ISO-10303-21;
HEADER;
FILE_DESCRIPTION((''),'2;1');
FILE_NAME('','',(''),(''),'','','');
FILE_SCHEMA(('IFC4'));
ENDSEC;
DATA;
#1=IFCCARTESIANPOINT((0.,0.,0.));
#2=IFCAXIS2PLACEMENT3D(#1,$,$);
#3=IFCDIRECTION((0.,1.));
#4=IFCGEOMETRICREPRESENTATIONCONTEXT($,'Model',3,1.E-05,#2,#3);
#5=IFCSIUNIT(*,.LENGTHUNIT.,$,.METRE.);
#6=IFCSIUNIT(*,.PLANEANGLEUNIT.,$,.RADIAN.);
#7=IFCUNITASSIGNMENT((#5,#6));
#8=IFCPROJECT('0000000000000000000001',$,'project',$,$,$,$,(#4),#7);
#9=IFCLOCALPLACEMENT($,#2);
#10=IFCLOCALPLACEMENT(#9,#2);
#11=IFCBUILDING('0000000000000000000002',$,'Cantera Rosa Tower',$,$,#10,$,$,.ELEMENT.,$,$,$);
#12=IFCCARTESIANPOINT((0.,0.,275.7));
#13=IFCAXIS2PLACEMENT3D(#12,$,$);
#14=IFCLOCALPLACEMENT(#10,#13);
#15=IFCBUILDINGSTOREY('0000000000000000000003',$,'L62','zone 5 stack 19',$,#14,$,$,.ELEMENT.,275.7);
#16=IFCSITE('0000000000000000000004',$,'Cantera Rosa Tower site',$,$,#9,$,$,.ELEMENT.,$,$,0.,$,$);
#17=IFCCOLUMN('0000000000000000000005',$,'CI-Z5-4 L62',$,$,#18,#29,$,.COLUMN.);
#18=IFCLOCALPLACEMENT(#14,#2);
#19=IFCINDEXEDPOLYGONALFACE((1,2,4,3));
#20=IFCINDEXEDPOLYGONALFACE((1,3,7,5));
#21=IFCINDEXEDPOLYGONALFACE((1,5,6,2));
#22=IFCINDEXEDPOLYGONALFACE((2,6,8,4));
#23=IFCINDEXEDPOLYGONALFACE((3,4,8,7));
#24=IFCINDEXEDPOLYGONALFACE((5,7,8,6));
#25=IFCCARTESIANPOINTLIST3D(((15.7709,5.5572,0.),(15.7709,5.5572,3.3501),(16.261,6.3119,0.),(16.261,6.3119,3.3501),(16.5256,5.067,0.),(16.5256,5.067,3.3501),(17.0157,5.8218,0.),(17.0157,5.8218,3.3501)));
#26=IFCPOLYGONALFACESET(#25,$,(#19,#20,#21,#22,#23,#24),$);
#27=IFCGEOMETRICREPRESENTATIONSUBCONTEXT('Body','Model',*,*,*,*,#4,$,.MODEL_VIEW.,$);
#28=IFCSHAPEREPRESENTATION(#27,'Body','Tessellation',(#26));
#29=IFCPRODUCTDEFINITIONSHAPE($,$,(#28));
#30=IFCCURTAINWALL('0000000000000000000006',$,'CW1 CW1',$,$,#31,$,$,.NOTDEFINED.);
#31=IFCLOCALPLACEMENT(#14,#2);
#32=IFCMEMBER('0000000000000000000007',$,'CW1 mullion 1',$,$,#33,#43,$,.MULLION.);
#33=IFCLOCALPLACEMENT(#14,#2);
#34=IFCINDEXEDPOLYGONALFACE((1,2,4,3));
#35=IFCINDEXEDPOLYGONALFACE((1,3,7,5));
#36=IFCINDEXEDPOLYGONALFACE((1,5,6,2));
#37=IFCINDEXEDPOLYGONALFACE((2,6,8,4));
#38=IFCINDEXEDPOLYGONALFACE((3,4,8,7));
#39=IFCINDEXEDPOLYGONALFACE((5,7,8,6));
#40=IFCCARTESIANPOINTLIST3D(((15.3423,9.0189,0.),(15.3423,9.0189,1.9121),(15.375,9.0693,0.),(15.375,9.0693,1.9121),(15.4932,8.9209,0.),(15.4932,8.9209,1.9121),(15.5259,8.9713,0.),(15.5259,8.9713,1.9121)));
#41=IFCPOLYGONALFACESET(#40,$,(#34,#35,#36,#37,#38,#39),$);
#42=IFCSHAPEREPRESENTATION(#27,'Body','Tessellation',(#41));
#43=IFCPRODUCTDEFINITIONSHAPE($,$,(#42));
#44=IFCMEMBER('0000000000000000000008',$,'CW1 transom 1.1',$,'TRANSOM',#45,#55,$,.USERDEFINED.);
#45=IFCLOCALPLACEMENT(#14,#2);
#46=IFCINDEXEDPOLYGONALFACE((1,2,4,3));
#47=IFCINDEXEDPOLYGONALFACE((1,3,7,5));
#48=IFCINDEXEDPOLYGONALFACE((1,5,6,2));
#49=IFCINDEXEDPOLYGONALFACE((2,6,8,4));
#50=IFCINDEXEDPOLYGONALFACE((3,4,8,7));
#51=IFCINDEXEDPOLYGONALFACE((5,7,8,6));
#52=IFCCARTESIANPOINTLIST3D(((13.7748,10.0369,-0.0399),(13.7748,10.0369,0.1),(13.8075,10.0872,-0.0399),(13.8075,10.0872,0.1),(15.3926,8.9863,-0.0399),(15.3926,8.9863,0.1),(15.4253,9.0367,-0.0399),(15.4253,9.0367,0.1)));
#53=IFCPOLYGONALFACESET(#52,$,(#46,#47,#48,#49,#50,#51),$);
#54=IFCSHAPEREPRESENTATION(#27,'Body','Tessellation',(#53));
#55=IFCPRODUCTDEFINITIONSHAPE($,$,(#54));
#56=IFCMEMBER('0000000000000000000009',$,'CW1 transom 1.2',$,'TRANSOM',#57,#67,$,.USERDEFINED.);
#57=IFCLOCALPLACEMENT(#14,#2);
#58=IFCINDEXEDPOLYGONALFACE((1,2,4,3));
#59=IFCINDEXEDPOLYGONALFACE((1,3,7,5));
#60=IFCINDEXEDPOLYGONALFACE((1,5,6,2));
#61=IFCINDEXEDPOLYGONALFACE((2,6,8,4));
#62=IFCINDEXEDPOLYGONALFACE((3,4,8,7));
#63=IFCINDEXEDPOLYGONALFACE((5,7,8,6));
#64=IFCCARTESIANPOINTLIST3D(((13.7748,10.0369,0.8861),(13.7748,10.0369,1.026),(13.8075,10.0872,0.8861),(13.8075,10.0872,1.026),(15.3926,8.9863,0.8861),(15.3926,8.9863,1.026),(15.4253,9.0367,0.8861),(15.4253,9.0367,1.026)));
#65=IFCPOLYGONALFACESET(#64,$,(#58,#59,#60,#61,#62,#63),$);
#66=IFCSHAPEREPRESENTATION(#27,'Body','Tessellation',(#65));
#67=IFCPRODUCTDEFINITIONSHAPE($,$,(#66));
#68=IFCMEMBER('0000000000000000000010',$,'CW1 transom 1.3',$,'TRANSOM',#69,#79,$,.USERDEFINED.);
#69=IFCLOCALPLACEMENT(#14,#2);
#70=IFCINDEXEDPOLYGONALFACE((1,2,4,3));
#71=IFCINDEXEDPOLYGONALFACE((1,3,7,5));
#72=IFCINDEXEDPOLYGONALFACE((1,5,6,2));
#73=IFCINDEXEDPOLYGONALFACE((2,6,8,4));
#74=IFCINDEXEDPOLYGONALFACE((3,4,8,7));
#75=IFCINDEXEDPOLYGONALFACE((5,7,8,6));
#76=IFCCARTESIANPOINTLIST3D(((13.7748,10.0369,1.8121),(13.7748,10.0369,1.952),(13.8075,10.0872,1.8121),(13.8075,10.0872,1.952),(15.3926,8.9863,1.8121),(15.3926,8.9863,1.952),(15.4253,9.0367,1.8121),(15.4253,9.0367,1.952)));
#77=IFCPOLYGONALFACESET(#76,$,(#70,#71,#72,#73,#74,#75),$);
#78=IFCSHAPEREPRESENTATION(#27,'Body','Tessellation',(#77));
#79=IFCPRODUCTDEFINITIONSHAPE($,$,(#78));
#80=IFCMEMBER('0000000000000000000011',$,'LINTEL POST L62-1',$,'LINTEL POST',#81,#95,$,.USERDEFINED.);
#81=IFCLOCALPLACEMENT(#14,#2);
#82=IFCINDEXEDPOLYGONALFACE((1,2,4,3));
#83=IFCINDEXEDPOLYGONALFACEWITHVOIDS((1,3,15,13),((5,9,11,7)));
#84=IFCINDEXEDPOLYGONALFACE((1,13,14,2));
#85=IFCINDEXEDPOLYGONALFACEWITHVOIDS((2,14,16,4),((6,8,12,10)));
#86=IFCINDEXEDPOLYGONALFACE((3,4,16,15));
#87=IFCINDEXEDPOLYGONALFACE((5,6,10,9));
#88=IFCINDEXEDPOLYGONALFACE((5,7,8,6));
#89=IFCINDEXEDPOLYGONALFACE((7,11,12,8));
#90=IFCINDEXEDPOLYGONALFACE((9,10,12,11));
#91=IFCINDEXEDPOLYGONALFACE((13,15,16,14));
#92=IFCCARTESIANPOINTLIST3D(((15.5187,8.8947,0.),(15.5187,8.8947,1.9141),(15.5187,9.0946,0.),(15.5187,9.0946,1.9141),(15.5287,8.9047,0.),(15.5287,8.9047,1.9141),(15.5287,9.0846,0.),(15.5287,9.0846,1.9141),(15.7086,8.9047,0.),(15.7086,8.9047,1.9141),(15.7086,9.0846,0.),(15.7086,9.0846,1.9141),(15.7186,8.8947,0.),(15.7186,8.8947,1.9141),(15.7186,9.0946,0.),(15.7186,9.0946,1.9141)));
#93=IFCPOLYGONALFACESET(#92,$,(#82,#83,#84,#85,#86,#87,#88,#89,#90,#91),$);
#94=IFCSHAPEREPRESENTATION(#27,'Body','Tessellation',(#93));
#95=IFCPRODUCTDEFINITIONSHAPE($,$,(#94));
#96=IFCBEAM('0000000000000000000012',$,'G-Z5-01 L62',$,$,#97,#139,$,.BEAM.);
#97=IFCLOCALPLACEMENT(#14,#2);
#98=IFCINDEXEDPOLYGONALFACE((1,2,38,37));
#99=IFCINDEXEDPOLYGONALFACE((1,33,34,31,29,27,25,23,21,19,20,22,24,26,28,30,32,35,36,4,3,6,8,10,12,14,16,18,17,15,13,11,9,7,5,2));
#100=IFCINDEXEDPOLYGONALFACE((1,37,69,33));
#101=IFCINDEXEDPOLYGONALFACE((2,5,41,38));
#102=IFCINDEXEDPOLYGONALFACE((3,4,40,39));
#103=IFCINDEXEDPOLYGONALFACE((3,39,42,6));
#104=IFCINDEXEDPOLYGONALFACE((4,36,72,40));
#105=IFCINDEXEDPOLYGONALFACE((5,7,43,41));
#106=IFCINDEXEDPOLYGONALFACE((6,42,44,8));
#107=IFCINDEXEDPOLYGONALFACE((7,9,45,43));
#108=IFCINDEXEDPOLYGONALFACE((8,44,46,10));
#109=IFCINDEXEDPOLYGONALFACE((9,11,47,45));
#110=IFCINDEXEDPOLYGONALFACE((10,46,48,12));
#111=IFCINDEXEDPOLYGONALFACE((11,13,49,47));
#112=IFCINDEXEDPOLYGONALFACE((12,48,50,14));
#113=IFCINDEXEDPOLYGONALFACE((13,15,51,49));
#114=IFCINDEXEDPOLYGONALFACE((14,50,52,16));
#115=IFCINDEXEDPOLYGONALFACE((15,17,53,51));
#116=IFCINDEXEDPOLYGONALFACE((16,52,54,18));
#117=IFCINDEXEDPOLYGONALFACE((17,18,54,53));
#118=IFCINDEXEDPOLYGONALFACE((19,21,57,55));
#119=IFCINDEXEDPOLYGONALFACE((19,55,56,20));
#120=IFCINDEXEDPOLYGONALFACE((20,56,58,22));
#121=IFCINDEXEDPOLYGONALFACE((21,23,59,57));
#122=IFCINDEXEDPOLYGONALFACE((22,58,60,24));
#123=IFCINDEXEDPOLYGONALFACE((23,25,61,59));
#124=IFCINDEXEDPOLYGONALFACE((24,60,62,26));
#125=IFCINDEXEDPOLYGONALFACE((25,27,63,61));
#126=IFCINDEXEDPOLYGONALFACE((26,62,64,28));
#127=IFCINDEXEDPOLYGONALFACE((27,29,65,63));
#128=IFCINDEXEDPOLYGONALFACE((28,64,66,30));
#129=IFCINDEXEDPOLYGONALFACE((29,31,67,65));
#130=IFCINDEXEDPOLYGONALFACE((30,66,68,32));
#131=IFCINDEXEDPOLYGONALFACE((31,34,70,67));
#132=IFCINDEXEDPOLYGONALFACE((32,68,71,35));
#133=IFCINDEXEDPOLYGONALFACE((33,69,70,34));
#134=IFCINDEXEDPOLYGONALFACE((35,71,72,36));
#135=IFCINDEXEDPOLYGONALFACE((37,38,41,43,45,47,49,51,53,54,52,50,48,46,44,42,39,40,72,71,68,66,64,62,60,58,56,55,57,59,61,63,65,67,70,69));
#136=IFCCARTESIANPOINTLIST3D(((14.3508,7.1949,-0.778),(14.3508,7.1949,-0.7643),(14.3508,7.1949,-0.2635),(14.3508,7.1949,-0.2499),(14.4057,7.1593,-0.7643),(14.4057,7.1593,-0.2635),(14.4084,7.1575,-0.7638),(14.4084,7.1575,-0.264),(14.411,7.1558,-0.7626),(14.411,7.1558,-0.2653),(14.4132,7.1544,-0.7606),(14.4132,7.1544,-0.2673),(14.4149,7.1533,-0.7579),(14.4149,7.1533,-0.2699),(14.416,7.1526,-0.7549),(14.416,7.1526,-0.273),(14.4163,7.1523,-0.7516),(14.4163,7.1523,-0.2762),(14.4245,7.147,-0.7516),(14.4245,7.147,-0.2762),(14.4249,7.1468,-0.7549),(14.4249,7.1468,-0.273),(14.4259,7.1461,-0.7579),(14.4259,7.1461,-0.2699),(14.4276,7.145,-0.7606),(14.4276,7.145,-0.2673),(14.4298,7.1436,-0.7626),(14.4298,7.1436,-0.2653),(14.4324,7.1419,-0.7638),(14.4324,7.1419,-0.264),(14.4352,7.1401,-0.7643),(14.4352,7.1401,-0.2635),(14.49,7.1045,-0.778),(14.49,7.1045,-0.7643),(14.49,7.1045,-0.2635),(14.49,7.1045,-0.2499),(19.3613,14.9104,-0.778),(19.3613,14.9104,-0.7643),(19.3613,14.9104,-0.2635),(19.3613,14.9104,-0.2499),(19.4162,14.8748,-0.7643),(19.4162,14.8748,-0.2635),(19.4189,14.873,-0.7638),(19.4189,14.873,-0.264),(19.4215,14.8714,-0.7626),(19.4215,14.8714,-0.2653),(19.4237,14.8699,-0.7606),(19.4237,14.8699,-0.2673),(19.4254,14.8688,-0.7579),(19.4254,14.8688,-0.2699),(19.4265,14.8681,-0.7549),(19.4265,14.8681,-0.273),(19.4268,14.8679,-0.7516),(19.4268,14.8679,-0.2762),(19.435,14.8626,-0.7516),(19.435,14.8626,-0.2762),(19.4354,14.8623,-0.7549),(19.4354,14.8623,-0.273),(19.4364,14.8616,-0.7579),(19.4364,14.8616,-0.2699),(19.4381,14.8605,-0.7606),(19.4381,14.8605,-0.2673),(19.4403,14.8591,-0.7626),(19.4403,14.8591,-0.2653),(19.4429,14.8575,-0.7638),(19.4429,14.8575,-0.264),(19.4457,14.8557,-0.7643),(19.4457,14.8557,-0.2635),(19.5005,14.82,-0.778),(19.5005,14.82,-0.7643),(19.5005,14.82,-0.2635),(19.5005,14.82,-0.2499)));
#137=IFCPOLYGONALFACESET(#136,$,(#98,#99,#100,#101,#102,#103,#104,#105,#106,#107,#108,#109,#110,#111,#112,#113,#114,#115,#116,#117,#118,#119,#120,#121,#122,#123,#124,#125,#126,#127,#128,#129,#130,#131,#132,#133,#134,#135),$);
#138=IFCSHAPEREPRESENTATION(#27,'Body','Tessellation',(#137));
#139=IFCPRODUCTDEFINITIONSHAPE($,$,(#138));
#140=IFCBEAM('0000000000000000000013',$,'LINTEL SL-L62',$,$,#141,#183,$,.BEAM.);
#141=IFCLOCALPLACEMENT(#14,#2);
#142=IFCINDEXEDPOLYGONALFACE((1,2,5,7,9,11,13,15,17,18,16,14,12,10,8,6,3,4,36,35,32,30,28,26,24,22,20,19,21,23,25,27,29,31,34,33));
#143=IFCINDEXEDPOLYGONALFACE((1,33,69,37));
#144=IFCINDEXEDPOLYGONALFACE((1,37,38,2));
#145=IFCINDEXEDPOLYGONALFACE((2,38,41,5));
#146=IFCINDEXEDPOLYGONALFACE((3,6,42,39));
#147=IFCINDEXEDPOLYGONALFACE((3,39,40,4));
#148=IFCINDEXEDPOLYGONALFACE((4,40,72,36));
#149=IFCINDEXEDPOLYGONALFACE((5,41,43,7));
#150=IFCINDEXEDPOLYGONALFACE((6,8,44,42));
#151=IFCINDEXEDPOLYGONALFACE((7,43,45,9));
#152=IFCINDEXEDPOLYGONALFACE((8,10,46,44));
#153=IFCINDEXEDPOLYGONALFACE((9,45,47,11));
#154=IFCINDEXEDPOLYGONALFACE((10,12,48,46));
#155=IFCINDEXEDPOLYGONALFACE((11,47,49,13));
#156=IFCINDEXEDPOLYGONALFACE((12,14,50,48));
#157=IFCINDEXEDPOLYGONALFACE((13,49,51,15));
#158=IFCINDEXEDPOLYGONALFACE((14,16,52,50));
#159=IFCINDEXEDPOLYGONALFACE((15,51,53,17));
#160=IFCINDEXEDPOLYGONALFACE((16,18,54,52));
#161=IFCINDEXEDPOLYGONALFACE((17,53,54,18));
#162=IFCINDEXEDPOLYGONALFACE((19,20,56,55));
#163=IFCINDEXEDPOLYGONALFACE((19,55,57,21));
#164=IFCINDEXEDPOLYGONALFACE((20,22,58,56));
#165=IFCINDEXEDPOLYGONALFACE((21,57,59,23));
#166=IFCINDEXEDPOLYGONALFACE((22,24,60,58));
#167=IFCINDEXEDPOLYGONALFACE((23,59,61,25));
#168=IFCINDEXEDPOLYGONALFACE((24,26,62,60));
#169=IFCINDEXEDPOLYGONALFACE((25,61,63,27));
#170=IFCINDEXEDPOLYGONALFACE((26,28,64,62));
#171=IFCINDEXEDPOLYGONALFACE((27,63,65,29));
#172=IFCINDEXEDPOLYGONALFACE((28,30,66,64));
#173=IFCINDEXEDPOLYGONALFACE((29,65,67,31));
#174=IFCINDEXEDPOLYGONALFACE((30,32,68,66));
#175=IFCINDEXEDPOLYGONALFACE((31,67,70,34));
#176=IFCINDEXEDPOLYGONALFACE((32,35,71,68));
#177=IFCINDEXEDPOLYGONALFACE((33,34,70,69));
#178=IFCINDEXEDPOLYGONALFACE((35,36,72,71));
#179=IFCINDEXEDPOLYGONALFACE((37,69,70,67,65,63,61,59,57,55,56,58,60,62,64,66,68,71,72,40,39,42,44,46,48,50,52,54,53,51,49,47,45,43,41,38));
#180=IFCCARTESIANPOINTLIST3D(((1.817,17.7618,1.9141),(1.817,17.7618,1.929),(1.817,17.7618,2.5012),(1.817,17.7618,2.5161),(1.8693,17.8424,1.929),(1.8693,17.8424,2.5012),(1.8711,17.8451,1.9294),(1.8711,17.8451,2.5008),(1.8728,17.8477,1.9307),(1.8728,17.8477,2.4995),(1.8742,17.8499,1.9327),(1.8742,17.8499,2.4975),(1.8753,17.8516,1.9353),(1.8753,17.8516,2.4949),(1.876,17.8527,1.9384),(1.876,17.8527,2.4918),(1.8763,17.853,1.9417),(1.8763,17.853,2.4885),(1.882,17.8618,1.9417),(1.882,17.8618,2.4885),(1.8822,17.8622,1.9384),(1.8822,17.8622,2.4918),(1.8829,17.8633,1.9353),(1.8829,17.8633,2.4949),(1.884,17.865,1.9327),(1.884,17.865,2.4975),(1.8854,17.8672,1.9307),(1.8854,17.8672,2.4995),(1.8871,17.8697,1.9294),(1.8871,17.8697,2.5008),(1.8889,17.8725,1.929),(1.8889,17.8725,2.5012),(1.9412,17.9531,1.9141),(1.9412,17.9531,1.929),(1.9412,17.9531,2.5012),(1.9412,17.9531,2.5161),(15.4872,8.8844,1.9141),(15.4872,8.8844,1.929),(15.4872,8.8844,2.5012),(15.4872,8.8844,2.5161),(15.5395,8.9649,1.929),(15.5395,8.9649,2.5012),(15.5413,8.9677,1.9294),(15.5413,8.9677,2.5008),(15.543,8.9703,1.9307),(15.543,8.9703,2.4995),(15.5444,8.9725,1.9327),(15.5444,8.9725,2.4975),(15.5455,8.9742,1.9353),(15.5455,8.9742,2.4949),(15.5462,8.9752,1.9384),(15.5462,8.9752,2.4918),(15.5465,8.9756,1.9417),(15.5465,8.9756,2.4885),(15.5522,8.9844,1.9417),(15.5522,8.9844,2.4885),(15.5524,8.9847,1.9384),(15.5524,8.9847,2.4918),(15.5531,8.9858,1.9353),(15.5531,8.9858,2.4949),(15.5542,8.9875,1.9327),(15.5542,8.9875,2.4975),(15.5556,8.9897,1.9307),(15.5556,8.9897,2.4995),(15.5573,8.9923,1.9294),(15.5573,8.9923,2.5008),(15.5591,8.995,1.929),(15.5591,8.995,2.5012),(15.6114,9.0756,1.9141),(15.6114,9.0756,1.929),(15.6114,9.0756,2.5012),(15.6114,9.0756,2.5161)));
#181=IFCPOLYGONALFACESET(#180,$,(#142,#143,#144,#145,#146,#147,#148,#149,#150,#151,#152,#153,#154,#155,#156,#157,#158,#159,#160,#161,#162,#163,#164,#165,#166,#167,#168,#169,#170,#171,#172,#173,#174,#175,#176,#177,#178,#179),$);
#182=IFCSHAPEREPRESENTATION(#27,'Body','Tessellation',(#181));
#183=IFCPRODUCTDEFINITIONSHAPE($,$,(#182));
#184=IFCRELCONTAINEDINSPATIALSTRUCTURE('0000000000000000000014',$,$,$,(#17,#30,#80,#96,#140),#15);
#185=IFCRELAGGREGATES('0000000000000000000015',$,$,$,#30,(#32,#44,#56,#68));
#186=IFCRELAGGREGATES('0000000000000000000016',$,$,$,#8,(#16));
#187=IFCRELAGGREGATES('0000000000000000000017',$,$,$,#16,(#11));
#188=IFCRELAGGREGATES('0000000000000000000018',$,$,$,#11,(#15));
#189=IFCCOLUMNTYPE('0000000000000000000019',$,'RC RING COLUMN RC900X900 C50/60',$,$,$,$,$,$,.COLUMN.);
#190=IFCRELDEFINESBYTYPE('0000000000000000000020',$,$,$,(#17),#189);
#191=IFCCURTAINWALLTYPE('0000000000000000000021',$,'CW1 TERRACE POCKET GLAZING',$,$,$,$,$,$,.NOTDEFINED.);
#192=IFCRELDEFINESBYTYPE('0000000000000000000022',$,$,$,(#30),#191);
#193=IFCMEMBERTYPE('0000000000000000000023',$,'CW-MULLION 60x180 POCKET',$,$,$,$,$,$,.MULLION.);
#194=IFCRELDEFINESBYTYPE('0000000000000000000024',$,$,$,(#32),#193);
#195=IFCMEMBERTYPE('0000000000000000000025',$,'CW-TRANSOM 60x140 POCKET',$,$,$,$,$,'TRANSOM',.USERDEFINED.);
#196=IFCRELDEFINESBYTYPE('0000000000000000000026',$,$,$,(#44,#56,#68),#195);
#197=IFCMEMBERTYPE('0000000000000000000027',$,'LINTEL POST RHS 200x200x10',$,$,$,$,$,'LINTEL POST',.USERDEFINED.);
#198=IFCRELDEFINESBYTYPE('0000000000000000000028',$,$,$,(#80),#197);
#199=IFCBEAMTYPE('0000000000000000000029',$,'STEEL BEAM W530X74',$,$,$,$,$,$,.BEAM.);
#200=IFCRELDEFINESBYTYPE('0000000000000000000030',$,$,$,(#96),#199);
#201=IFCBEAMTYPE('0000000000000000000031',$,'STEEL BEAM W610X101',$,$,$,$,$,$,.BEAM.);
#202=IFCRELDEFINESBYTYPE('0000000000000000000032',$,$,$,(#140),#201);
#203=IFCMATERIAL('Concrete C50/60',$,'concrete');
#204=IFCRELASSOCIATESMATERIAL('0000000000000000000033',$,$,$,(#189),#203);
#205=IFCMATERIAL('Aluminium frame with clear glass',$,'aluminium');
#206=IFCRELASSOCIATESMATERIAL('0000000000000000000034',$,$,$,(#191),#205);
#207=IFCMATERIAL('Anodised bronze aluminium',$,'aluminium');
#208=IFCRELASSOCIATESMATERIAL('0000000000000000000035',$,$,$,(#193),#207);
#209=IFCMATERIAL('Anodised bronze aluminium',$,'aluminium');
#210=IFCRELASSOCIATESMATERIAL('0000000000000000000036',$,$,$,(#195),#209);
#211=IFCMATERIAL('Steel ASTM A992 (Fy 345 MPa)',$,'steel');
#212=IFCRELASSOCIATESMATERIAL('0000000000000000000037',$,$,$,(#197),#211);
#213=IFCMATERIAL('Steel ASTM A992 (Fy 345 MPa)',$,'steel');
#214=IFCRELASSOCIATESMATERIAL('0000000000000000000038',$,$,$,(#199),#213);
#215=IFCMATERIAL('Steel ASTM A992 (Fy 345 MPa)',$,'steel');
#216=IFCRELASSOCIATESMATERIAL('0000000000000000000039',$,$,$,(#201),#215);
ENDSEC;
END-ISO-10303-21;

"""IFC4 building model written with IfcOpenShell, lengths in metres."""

from ifc_helpers import new_model, si_unit, direction, frame, origin, origin_2d, place, context, subcontext, project, spatial, rectangle, hollow_rectangle, i_section, extrude, material, material_profile, profile_set, type_object, element, aggregate, save


model = new_model("IFC4")

# Units and contexts
model_context = context("Model", 3, precision=1e-05, world=origin(), true_north=direction((0.0, 1.0)))
body_context = subcontext(model_context, "Body", "Model", "MODEL_VIEW")
ifc_project = project(units=[si_unit("LENGTHUNIT", "METRE"), si_unit("PLANEANGLEUNIT", "RADIAN")], contexts=[model_context])

# Site, building, storey
site_placement = place(None, origin())
site = spatial("IfcSite", under=ifc_project, at=site_placement, Name="Cantera Rosa Tower site", CompositionType="ELEMENT", RefElevation=0.0)
building_placement = place(site_placement, origin())
building = spatial("IfcBuilding", under=site, at=building_placement, Name="Cantera Rosa Tower", CompositionType="ELEMENT")
storey_placement = place(building_placement, frame((0.0, 0.0, 275.7)))
storey = spatial("IfcBuildingStorey", under=building, at=storey_placement, Name="L62", Description="zone 5 stack 19", CompositionType="ELEMENT", Elevation=275.7)

# Column
ifc_material_1 = material(Name="Concrete C50/60", Category="concrete")
ifc_material_profile_1 = material_profile(ifc_material_1, rectangle(XDim=0.8999, YDim=0.8999, at=origin_2d()), Name="RC RING COLUMN RC900X900 C50/60")
ifc_profile_set_1 = profile_set([ifc_material_profile_1], Name="Concrete C50/60")
column_type = type_object("IfcColumnType", Name="RC RING COLUMN RC900X900 C50/60", PredefinedType="COLUMN", material=ifc_profile_set_1)
column_placement = place(storey_placement, frame((16.3933, 5.6895, 0.0), z_axis=(0.0, 0.0, 1.0), x_axis=(0.544639, 0.838671, 0.0)))
element("IfcColumn", 1, at=column_placement, inside=storey, type_object=column_type, Name="CI-Z5-4 L62", PredefinedType="COLUMN", context=body_context, shape_type="SweptSolid", body=[
    extrude(rectangle(XDim=0.8999, YDim=0.8999, at=origin_2d()), origin(), (0.0, 0.0, 1.0), 3.3501),
])

# Curtain wall, members
ifc_material_2 = material(Name="Aluminium frame with clear glass", Category="aluminium")
curtain_wall_type = type_object("IfcCurtainWallType", Name="CW1 TERRACE POCKET GLAZING", PredefinedType="NOTDEFINED", material=ifc_material_2)
curtain_wall_placement = place(storey_placement, origin())
curtain_wall = element("IfcCurtainWall", 2, at=curtain_wall_placement, inside=storey, type_object=curtain_wall_type, Name="CW1 CW1", PredefinedType="NOTDEFINED")
ifc_material_3 = material(Name="Anodised bronze aluminium", Category="aluminium")
ifc_material_profile_2 = material_profile(ifc_material_3, rectangle(XDim=0.0601, YDim=0.1799, at=origin_2d()), Name="CW-MULLION 60x180 POCKET")
ifc_profile_set_2 = profile_set([ifc_material_profile_2], Name="Anodised bronze aluminium")
member_type_1 = type_object("IfcMemberType", Name="CW-MULLION 60x180 POCKET", PredefinedType="MULLION", material=ifc_profile_set_2)
member_1_placement = place(storey_placement, frame((15.4341, 8.9951, 0.0), z_axis=(0.0, 0.0, 1.0), x_axis=(-0.544639, -0.838671, 0.0)))
member_1 = element("IfcMember", 3, at=member_1_placement, type_object=member_type_1, Name="CW1 mullion 1", PredefinedType="MULLION", context=body_context, shape_type="SweptSolid", body=[
    extrude(rectangle(XDim=0.0601, YDim=0.1799, at=origin_2d()), origin(), (0.0, 0.0, 1.0), 1.9121),
])
ifc_material_4 = material(Name="Anodised bronze aluminium", Category="aluminium")
ifc_material_profile_3 = material_profile(ifc_material_4, rectangle(XDim=0.0601, YDim=0.1399, at=origin_2d()), Name="CW-TRANSOM 60x140 POCKET")
ifc_profile_set_3 = profile_set([ifc_material_profile_3], Name="Anodised bronze aluminium")
member_type_2 = type_object("IfcMemberType", Name="CW-TRANSOM 60x140 POCKET", ElementType="TRANSOM", PredefinedType="USERDEFINED", material=ifc_profile_set_3)
member_2_placement = place(storey_placement, frame((15.4089, 9.0115, 0.03), z_axis=(-0.838669, 0.544641, 0.0), x_axis=(-0.544641, -0.838669, 0.0)))
member_2 = element("IfcMember", 4, at=member_2_placement, type_object=member_type_2, Name="CW1 transom 1.1", ObjectType="TRANSOM", PredefinedType="USERDEFINED", context=body_context, shape_type="SweptSolid", body=[
    extrude(rectangle(XDim=0.0601, YDim=0.1399, at=origin_2d()), origin(), (0.0, 0.0, 1.0), 1.929),
])
member_3_placement = place(storey_placement, frame((15.4089, 9.0115, 0.9561), z_axis=(-0.838669, 0.544641, 0.0), x_axis=(-0.544641, -0.838669, 0.0)))
member_3 = element("IfcMember", 5, at=member_3_placement, type_object=member_type_2, Name="CW1 transom 1.2", ObjectType="TRANSOM", PredefinedType="USERDEFINED", context=body_context, shape_type="SweptSolid", body=[
    extrude(rectangle(XDim=0.0601, YDim=0.1399, at=origin_2d()), origin(), (0.0, 0.0, 1.0), 1.929),
])
member_4_placement = place(storey_placement, frame((15.4089, 9.0115, 1.8821), z_axis=(-0.838669, 0.544641, 0.0), x_axis=(-0.544641, -0.838669, 0.0)))
member_4 = element("IfcMember", 6, at=member_4_placement, type_object=member_type_2, Name="CW1 transom 1.3", ObjectType="TRANSOM", PredefinedType="USERDEFINED", context=body_context, shape_type="SweptSolid", body=[
    extrude(rectangle(XDim=0.0601, YDim=0.1399, at=origin_2d()), origin(), (0.0, 0.0, 1.0), 1.929),
])

# Member
ifc_material_5 = material(Name="Steel ASTM A992 (Fy 345 MPa)", Category="steel")
ifc_material_profile_4 = material_profile(ifc_material_5, hollow_rectangle(XDim=0.2, YDim=0.2, WallThickness=0.01, at=origin_2d()), Name="LINTEL POST RHS 200x200x10")
ifc_profile_set_4 = profile_set([ifc_material_profile_4], Name="Steel ASTM A992 (Fy 345 MPa)")
member_type_3 = type_object("IfcMemberType", Name="LINTEL POST RHS 200x200x10", ElementType="LINTEL POST", PredefinedType="USERDEFINED", material=ifc_profile_set_4)
member_5_placement = place(storey_placement, frame((15.6187, 8.9946, 0.0), z_axis=(0.0, 0.0, 1.0), x_axis=(1.0, 0.0, 0.0)))
element("IfcMember", 7, at=member_5_placement, inside=storey, type_object=member_type_3, Name="LINTEL POST L62-1", ObjectType="LINTEL POST", PredefinedType="USERDEFINED", context=body_context, shape_type="SweptSolid", body=[
    extrude(hollow_rectangle(XDim=0.2, YDim=0.2, WallThickness=0.01, at=origin_2d()), origin(), (0.0, 0.0, 1.0), 1.9141),
])

# Beams
ifc_material_6 = material(Name="Steel ASTM A992 (Fy 345 MPa)", Category="steel")
ifc_material_profile_5 = material_profile(ifc_material_6, i_section(OverallWidth=0.166, OverallDepth=0.5281, WebThickness=0.0098, FlangeThickness=0.0137, FilletRadius=0.0127, at=origin_2d()), Name="W530X74")
ifc_profile_set_5 = profile_set([ifc_material_profile_5], Name="Steel ASTM A992 (Fy 345 MPa)")
beam_type_1 = type_object("IfcBeamType", Name="STEEL BEAM W530X74", PredefinedType="BEAM", material=ifc_profile_set_5)
beam_1_placement = place(storey_placement, frame((19.4309, 14.8652, -0.5139), z_axis=(-0.544635, -0.838673, 0.0), x_axis=(0.838673, -0.544635, 0.0)))
element("IfcBeam", 8, at=beam_1_placement, inside=storey, type_object=beam_type_1, Name="G-Z5-01 L62", PredefinedType="BEAM", context=body_context, shape_type="SweptSolid", body=[
    extrude(i_section(OverallWidth=0.166, OverallDepth=0.5281, WebThickness=0.0098, FlangeThickness=0.0137, FilletRadius=0.0127, at=origin_2d()), origin(), (0.0, 0.0, 1.0), 9.1997),
])
ifc_material_7 = material(Name="Steel ASTM A992 (Fy 345 MPa)", Category="steel")
ifc_material_profile_6 = material_profile(ifc_material_7, i_section(OverallWidth=0.228, OverallDepth=0.6021, WebThickness=0.0105, FlangeThickness=0.0149, FilletRadius=0.0127, at=origin_2d()), Name="W610X101")
ifc_profile_set_6 = profile_set([ifc_material_profile_6], Name="Steel ASTM A992 (Fy 345 MPa)")
beam_type_2 = type_object("IfcBeamType", Name="STEEL BEAM W610X101", PredefinedType="BEAM", material=ifc_profile_set_6)
beam_2_placement = place(storey_placement, frame((15.5493, 8.98, 2.2151), z_axis=(-0.838672, 0.544636, 0.0), x_axis=(-0.544636, -0.838672, 0.0)))
element("IfcBeam", 9, at=beam_2_placement, inside=storey, type_object=beam_type_2, Name="LINTEL SL-L62", PredefinedType="BEAM", context=body_context, shape_type="SweptSolid", body=[
    extrude(i_section(OverallWidth=0.228, OverallDepth=0.6021, WebThickness=0.0105, FlangeThickness=0.0149, FilletRadius=0.0127, at=origin_2d()), origin(), (0.0, 0.0, 1.0), 16.2998),
])

aggregate(curtain_wall, [member_1, member_2, member_3, member_4])

save(model, "model.ifc")
